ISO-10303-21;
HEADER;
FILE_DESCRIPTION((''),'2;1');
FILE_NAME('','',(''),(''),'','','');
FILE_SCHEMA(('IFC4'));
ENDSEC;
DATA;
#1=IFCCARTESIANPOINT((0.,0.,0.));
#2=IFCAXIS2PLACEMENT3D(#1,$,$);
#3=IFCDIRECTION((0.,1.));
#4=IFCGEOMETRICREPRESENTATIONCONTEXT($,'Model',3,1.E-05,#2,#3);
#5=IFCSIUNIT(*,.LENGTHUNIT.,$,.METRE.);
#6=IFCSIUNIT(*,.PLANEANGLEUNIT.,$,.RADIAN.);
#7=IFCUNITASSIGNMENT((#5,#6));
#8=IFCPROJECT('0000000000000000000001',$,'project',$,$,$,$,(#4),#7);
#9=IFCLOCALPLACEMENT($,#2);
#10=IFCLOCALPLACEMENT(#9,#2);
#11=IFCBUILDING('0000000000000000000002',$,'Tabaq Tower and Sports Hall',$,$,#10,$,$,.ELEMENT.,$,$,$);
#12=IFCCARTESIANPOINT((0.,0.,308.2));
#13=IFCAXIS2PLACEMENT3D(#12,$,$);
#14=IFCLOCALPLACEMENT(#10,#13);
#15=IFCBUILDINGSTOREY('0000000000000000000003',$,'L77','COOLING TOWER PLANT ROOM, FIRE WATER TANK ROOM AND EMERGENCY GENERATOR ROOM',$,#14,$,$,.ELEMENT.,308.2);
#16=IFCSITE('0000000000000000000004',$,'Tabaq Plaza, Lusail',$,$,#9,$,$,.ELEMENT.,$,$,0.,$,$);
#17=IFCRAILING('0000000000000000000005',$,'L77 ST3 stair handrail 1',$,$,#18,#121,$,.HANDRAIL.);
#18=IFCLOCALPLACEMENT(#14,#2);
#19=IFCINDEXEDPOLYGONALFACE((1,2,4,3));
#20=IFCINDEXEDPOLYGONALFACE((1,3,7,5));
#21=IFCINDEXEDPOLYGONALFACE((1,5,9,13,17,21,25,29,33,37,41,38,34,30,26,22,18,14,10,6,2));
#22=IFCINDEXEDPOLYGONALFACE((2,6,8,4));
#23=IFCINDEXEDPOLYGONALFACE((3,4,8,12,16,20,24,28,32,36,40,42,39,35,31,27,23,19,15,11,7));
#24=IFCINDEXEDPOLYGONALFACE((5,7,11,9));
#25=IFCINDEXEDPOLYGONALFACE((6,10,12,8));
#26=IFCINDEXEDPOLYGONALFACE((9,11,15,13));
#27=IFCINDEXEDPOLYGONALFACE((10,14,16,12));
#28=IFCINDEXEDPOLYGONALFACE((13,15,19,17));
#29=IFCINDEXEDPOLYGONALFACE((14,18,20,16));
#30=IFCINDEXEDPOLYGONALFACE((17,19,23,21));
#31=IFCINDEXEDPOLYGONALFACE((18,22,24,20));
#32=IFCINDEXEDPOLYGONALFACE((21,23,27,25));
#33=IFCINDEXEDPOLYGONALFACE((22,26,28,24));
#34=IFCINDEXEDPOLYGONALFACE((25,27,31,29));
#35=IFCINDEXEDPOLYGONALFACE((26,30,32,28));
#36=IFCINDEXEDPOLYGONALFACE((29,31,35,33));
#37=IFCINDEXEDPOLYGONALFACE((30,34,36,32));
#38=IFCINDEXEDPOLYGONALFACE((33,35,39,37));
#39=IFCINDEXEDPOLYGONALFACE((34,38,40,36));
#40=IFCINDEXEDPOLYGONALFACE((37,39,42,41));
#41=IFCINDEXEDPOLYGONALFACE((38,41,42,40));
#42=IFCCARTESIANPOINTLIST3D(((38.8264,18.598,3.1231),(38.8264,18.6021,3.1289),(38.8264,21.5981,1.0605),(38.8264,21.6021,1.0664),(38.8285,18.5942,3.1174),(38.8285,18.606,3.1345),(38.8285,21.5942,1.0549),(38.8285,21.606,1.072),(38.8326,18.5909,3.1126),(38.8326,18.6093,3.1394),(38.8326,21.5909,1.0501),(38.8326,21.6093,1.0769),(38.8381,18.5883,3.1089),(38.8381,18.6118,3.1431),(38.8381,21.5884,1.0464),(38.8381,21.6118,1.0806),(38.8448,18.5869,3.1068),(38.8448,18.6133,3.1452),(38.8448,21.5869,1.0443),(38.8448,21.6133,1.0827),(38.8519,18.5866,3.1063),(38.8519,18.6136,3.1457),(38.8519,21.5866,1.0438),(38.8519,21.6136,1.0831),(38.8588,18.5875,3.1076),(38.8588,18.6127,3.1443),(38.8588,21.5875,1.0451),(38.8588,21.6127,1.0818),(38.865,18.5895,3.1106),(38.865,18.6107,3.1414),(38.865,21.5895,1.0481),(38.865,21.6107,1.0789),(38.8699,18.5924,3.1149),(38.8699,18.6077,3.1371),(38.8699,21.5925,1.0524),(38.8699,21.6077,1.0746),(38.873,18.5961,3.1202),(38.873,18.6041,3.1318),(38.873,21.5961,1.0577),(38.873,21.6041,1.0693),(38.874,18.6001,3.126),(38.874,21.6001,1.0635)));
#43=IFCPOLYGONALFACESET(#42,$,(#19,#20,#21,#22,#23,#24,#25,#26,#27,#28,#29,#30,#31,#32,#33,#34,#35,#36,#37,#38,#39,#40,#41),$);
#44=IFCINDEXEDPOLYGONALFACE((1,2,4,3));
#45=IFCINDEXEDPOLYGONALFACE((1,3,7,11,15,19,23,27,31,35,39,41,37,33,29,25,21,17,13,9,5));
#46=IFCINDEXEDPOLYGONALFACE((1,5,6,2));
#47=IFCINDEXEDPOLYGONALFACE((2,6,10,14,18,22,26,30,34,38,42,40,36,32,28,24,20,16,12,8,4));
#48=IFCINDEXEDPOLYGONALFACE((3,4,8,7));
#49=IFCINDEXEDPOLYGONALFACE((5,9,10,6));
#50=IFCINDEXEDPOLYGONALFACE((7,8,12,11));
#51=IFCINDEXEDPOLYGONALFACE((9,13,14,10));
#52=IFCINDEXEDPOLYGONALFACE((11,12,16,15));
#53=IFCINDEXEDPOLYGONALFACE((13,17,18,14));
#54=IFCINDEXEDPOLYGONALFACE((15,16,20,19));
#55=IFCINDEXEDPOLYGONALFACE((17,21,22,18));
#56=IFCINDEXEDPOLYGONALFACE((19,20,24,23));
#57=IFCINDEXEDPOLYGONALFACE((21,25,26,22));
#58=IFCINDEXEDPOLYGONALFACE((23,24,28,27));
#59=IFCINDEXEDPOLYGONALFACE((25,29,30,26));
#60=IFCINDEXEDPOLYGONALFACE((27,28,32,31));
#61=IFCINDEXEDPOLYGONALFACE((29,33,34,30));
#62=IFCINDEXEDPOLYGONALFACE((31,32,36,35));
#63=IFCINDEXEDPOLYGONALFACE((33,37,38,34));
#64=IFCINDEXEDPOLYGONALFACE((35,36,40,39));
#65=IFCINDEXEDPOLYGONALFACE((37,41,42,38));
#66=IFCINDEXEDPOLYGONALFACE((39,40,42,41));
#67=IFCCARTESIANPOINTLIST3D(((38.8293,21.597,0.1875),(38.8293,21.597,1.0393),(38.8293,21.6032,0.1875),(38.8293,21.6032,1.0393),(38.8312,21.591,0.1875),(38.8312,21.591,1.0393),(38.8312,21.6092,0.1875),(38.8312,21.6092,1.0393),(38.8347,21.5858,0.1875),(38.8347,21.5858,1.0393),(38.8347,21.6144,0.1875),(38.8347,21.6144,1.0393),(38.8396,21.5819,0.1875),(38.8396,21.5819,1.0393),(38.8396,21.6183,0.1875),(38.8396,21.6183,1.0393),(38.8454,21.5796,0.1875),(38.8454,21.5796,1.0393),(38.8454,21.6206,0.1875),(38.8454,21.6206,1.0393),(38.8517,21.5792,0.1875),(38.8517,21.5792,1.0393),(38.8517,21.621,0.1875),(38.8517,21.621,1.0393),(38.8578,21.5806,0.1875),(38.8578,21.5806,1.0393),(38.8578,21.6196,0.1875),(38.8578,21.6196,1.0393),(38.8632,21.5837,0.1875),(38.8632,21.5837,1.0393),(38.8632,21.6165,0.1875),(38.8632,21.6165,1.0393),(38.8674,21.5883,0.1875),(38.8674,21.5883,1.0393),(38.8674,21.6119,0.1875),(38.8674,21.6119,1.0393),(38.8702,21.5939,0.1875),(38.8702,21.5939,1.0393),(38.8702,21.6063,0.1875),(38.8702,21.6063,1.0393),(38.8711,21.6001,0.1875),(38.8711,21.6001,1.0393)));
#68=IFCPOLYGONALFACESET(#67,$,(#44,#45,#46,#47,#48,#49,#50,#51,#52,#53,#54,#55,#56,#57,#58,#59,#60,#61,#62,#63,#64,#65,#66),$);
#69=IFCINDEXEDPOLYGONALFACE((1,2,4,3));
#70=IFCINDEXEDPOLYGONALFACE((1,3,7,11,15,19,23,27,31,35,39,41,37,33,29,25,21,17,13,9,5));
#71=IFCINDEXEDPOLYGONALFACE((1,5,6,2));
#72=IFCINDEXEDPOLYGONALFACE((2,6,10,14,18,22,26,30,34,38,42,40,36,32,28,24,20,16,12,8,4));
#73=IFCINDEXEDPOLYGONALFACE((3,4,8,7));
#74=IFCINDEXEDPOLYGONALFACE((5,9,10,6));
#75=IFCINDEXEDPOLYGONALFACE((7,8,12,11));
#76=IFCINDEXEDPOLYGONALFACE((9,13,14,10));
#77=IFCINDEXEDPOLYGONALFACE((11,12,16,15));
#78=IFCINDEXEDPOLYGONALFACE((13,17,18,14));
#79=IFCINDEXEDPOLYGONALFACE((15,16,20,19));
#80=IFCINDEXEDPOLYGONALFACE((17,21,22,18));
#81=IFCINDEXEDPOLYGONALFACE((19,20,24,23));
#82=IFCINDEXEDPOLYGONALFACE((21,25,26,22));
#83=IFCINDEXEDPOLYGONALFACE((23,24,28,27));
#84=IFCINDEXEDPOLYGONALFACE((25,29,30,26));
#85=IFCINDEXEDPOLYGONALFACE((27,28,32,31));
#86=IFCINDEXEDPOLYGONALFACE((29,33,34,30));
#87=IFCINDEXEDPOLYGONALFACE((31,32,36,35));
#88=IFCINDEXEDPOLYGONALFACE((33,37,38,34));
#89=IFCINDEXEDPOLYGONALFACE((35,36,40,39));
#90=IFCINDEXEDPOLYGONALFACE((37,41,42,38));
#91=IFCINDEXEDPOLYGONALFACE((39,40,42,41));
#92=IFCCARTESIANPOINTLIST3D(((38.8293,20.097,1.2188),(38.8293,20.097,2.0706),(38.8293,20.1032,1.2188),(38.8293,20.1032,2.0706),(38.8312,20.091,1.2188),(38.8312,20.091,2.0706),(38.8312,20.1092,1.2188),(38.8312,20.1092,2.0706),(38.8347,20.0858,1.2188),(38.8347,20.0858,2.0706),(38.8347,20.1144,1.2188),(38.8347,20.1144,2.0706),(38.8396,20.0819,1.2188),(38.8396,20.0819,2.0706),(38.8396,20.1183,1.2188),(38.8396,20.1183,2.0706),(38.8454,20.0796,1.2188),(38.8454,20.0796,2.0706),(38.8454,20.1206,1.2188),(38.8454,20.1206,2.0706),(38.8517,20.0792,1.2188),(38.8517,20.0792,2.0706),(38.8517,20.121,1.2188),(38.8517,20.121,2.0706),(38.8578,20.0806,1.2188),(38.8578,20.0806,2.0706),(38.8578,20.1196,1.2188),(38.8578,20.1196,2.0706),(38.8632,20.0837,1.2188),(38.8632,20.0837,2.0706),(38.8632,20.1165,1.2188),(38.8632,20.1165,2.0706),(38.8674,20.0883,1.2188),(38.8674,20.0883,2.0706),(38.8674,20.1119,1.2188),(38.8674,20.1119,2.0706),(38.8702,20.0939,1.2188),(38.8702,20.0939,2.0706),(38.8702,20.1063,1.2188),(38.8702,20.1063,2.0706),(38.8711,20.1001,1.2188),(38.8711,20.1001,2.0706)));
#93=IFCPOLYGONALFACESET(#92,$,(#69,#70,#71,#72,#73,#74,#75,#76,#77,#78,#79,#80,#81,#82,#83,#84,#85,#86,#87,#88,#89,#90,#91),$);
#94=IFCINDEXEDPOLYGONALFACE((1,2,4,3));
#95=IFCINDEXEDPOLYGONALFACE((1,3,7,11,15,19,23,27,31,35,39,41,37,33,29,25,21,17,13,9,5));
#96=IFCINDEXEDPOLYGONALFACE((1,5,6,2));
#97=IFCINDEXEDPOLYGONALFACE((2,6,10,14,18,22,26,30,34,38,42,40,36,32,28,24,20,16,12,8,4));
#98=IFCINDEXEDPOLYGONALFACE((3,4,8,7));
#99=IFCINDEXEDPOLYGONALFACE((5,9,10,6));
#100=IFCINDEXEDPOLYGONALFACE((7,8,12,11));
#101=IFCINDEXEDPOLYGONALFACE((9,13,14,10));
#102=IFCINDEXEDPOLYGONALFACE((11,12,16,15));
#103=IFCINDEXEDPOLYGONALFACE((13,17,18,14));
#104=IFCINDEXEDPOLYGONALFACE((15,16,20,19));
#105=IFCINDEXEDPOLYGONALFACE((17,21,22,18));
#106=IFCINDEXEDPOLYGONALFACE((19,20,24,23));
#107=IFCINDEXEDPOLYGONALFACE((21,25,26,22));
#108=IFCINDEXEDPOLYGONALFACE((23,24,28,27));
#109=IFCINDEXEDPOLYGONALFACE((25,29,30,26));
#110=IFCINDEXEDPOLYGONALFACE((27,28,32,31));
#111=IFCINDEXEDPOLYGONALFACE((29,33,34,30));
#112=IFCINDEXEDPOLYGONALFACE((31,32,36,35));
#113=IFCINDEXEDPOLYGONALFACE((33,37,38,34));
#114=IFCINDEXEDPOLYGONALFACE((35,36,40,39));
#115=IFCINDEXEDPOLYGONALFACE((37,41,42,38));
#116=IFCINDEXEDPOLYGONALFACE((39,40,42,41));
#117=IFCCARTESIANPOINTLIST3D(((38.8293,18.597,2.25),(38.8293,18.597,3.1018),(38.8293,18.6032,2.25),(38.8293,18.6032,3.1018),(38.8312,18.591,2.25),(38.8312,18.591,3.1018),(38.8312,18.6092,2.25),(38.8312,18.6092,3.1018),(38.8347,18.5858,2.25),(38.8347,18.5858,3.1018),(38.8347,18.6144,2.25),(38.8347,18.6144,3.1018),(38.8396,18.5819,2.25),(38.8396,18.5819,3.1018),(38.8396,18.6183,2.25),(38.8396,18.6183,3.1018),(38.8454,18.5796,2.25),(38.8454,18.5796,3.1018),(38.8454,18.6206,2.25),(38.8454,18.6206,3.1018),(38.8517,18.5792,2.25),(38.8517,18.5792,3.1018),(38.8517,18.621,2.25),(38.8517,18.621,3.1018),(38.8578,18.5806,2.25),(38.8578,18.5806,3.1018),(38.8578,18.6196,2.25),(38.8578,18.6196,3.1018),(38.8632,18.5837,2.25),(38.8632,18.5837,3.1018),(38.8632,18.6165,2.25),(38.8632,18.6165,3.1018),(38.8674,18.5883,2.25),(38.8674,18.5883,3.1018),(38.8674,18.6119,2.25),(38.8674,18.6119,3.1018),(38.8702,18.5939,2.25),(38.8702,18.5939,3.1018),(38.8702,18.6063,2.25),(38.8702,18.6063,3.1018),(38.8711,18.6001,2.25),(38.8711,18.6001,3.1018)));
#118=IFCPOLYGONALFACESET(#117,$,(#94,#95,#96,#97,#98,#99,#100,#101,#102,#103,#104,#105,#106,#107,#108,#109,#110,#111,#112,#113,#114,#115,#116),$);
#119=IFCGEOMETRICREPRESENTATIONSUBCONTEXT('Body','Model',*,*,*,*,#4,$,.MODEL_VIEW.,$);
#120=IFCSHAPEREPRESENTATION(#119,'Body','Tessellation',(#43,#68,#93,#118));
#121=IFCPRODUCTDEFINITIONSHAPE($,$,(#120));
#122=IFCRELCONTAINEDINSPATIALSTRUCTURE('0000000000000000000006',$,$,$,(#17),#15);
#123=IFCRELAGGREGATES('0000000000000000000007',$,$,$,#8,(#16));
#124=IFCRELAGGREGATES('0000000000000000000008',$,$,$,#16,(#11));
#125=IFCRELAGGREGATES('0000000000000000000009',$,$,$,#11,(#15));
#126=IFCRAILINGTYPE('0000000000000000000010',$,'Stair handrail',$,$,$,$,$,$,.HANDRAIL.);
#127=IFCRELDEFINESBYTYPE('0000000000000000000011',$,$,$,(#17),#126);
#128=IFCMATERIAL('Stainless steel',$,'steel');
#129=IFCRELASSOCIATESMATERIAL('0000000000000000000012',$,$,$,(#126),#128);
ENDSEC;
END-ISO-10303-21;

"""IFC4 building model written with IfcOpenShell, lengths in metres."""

from ifc_helpers import new_model, si_unit, direction, frame, origin, origin_2d, place, context, subcontext, project, spatial, circle, extrude, material, type_object, element, save


model = new_model("IFC4")

# Units and contexts
model_context = context("Model", 3, precision=1e-05, world=origin(), true_north=direction((0.0, 1.0)))
body_context = subcontext(model_context, "Body", "Model", "MODEL_VIEW")
ifc_project = project(units=[si_unit("LENGTHUNIT", "METRE"), si_unit("PLANEANGLEUNIT", "RADIAN")], contexts=[model_context])

# Site, building, storey
site_placement = place(None, origin())
site = spatial("IfcSite", under=ifc_project, at=site_placement, Name="Tabaq Plaza, Lusail", CompositionType="ELEMENT", RefElevation=0.0)
building_placement = place(site_placement, origin())
building = spatial("IfcBuilding", under=site, at=building_placement, Name="Tabaq Tower and Sports Hall", CompositionType="ELEMENT")
storey_placement = place(building_placement, frame((0.0, 0.0, 308.2)))
storey = spatial("IfcBuildingStorey", under=building, at=storey_placement, Name="L77", Description="COOLING TOWER PLANT ROOM, FIRE WATER TANK ROOM AND EMERGENCY GENERATOR ROOM", CompositionType="ELEMENT", Elevation=308.2)

# Railing
ifc_material_1 = material(Name="Stainless steel", Category="steel")
railing_type = type_object("IfcRailingType", Name="Stair handrail", PredefinedType="HANDRAIL", material=ifc_material_1)
railing_1_placement = place(storey_placement, frame((38.8501, 21.6001, 0.1875)))
element("IfcRailing", 1, at=railing_1_placement, inside=storey, type_object=railing_type, Name="L77 ST3 stair handrail 1", PredefinedType="HANDRAIL", context=body_context, shape_type="SweptSolid", body=[
    extrude(circle(Radius=0.0239, at=origin_2d()), frame((0.0, 0.0, 0.876), z_axis=(0.0, -0.824042, 0.566529), x_axis=(1.0, 0.0, 0.0)), (0.0, 0.0, 1.0), 3.6406),
    extrude(circle(Radius=0.021, at=origin_2d()), origin(), (0.0, 0.0, 1.0), 0.8518),
    extrude(circle(Radius=0.021, at=origin_2d()), frame((0.0, -1.5, 1.0312)), (0.0, 0.0, 1.0), 0.8518),
    extrude(circle(Radius=0.021, at=origin_2d()), frame((0.0, -3.0, 2.0625)), (0.0, 0.0, 1.0), 0.8518),
])

save(model, "model.ifc")
